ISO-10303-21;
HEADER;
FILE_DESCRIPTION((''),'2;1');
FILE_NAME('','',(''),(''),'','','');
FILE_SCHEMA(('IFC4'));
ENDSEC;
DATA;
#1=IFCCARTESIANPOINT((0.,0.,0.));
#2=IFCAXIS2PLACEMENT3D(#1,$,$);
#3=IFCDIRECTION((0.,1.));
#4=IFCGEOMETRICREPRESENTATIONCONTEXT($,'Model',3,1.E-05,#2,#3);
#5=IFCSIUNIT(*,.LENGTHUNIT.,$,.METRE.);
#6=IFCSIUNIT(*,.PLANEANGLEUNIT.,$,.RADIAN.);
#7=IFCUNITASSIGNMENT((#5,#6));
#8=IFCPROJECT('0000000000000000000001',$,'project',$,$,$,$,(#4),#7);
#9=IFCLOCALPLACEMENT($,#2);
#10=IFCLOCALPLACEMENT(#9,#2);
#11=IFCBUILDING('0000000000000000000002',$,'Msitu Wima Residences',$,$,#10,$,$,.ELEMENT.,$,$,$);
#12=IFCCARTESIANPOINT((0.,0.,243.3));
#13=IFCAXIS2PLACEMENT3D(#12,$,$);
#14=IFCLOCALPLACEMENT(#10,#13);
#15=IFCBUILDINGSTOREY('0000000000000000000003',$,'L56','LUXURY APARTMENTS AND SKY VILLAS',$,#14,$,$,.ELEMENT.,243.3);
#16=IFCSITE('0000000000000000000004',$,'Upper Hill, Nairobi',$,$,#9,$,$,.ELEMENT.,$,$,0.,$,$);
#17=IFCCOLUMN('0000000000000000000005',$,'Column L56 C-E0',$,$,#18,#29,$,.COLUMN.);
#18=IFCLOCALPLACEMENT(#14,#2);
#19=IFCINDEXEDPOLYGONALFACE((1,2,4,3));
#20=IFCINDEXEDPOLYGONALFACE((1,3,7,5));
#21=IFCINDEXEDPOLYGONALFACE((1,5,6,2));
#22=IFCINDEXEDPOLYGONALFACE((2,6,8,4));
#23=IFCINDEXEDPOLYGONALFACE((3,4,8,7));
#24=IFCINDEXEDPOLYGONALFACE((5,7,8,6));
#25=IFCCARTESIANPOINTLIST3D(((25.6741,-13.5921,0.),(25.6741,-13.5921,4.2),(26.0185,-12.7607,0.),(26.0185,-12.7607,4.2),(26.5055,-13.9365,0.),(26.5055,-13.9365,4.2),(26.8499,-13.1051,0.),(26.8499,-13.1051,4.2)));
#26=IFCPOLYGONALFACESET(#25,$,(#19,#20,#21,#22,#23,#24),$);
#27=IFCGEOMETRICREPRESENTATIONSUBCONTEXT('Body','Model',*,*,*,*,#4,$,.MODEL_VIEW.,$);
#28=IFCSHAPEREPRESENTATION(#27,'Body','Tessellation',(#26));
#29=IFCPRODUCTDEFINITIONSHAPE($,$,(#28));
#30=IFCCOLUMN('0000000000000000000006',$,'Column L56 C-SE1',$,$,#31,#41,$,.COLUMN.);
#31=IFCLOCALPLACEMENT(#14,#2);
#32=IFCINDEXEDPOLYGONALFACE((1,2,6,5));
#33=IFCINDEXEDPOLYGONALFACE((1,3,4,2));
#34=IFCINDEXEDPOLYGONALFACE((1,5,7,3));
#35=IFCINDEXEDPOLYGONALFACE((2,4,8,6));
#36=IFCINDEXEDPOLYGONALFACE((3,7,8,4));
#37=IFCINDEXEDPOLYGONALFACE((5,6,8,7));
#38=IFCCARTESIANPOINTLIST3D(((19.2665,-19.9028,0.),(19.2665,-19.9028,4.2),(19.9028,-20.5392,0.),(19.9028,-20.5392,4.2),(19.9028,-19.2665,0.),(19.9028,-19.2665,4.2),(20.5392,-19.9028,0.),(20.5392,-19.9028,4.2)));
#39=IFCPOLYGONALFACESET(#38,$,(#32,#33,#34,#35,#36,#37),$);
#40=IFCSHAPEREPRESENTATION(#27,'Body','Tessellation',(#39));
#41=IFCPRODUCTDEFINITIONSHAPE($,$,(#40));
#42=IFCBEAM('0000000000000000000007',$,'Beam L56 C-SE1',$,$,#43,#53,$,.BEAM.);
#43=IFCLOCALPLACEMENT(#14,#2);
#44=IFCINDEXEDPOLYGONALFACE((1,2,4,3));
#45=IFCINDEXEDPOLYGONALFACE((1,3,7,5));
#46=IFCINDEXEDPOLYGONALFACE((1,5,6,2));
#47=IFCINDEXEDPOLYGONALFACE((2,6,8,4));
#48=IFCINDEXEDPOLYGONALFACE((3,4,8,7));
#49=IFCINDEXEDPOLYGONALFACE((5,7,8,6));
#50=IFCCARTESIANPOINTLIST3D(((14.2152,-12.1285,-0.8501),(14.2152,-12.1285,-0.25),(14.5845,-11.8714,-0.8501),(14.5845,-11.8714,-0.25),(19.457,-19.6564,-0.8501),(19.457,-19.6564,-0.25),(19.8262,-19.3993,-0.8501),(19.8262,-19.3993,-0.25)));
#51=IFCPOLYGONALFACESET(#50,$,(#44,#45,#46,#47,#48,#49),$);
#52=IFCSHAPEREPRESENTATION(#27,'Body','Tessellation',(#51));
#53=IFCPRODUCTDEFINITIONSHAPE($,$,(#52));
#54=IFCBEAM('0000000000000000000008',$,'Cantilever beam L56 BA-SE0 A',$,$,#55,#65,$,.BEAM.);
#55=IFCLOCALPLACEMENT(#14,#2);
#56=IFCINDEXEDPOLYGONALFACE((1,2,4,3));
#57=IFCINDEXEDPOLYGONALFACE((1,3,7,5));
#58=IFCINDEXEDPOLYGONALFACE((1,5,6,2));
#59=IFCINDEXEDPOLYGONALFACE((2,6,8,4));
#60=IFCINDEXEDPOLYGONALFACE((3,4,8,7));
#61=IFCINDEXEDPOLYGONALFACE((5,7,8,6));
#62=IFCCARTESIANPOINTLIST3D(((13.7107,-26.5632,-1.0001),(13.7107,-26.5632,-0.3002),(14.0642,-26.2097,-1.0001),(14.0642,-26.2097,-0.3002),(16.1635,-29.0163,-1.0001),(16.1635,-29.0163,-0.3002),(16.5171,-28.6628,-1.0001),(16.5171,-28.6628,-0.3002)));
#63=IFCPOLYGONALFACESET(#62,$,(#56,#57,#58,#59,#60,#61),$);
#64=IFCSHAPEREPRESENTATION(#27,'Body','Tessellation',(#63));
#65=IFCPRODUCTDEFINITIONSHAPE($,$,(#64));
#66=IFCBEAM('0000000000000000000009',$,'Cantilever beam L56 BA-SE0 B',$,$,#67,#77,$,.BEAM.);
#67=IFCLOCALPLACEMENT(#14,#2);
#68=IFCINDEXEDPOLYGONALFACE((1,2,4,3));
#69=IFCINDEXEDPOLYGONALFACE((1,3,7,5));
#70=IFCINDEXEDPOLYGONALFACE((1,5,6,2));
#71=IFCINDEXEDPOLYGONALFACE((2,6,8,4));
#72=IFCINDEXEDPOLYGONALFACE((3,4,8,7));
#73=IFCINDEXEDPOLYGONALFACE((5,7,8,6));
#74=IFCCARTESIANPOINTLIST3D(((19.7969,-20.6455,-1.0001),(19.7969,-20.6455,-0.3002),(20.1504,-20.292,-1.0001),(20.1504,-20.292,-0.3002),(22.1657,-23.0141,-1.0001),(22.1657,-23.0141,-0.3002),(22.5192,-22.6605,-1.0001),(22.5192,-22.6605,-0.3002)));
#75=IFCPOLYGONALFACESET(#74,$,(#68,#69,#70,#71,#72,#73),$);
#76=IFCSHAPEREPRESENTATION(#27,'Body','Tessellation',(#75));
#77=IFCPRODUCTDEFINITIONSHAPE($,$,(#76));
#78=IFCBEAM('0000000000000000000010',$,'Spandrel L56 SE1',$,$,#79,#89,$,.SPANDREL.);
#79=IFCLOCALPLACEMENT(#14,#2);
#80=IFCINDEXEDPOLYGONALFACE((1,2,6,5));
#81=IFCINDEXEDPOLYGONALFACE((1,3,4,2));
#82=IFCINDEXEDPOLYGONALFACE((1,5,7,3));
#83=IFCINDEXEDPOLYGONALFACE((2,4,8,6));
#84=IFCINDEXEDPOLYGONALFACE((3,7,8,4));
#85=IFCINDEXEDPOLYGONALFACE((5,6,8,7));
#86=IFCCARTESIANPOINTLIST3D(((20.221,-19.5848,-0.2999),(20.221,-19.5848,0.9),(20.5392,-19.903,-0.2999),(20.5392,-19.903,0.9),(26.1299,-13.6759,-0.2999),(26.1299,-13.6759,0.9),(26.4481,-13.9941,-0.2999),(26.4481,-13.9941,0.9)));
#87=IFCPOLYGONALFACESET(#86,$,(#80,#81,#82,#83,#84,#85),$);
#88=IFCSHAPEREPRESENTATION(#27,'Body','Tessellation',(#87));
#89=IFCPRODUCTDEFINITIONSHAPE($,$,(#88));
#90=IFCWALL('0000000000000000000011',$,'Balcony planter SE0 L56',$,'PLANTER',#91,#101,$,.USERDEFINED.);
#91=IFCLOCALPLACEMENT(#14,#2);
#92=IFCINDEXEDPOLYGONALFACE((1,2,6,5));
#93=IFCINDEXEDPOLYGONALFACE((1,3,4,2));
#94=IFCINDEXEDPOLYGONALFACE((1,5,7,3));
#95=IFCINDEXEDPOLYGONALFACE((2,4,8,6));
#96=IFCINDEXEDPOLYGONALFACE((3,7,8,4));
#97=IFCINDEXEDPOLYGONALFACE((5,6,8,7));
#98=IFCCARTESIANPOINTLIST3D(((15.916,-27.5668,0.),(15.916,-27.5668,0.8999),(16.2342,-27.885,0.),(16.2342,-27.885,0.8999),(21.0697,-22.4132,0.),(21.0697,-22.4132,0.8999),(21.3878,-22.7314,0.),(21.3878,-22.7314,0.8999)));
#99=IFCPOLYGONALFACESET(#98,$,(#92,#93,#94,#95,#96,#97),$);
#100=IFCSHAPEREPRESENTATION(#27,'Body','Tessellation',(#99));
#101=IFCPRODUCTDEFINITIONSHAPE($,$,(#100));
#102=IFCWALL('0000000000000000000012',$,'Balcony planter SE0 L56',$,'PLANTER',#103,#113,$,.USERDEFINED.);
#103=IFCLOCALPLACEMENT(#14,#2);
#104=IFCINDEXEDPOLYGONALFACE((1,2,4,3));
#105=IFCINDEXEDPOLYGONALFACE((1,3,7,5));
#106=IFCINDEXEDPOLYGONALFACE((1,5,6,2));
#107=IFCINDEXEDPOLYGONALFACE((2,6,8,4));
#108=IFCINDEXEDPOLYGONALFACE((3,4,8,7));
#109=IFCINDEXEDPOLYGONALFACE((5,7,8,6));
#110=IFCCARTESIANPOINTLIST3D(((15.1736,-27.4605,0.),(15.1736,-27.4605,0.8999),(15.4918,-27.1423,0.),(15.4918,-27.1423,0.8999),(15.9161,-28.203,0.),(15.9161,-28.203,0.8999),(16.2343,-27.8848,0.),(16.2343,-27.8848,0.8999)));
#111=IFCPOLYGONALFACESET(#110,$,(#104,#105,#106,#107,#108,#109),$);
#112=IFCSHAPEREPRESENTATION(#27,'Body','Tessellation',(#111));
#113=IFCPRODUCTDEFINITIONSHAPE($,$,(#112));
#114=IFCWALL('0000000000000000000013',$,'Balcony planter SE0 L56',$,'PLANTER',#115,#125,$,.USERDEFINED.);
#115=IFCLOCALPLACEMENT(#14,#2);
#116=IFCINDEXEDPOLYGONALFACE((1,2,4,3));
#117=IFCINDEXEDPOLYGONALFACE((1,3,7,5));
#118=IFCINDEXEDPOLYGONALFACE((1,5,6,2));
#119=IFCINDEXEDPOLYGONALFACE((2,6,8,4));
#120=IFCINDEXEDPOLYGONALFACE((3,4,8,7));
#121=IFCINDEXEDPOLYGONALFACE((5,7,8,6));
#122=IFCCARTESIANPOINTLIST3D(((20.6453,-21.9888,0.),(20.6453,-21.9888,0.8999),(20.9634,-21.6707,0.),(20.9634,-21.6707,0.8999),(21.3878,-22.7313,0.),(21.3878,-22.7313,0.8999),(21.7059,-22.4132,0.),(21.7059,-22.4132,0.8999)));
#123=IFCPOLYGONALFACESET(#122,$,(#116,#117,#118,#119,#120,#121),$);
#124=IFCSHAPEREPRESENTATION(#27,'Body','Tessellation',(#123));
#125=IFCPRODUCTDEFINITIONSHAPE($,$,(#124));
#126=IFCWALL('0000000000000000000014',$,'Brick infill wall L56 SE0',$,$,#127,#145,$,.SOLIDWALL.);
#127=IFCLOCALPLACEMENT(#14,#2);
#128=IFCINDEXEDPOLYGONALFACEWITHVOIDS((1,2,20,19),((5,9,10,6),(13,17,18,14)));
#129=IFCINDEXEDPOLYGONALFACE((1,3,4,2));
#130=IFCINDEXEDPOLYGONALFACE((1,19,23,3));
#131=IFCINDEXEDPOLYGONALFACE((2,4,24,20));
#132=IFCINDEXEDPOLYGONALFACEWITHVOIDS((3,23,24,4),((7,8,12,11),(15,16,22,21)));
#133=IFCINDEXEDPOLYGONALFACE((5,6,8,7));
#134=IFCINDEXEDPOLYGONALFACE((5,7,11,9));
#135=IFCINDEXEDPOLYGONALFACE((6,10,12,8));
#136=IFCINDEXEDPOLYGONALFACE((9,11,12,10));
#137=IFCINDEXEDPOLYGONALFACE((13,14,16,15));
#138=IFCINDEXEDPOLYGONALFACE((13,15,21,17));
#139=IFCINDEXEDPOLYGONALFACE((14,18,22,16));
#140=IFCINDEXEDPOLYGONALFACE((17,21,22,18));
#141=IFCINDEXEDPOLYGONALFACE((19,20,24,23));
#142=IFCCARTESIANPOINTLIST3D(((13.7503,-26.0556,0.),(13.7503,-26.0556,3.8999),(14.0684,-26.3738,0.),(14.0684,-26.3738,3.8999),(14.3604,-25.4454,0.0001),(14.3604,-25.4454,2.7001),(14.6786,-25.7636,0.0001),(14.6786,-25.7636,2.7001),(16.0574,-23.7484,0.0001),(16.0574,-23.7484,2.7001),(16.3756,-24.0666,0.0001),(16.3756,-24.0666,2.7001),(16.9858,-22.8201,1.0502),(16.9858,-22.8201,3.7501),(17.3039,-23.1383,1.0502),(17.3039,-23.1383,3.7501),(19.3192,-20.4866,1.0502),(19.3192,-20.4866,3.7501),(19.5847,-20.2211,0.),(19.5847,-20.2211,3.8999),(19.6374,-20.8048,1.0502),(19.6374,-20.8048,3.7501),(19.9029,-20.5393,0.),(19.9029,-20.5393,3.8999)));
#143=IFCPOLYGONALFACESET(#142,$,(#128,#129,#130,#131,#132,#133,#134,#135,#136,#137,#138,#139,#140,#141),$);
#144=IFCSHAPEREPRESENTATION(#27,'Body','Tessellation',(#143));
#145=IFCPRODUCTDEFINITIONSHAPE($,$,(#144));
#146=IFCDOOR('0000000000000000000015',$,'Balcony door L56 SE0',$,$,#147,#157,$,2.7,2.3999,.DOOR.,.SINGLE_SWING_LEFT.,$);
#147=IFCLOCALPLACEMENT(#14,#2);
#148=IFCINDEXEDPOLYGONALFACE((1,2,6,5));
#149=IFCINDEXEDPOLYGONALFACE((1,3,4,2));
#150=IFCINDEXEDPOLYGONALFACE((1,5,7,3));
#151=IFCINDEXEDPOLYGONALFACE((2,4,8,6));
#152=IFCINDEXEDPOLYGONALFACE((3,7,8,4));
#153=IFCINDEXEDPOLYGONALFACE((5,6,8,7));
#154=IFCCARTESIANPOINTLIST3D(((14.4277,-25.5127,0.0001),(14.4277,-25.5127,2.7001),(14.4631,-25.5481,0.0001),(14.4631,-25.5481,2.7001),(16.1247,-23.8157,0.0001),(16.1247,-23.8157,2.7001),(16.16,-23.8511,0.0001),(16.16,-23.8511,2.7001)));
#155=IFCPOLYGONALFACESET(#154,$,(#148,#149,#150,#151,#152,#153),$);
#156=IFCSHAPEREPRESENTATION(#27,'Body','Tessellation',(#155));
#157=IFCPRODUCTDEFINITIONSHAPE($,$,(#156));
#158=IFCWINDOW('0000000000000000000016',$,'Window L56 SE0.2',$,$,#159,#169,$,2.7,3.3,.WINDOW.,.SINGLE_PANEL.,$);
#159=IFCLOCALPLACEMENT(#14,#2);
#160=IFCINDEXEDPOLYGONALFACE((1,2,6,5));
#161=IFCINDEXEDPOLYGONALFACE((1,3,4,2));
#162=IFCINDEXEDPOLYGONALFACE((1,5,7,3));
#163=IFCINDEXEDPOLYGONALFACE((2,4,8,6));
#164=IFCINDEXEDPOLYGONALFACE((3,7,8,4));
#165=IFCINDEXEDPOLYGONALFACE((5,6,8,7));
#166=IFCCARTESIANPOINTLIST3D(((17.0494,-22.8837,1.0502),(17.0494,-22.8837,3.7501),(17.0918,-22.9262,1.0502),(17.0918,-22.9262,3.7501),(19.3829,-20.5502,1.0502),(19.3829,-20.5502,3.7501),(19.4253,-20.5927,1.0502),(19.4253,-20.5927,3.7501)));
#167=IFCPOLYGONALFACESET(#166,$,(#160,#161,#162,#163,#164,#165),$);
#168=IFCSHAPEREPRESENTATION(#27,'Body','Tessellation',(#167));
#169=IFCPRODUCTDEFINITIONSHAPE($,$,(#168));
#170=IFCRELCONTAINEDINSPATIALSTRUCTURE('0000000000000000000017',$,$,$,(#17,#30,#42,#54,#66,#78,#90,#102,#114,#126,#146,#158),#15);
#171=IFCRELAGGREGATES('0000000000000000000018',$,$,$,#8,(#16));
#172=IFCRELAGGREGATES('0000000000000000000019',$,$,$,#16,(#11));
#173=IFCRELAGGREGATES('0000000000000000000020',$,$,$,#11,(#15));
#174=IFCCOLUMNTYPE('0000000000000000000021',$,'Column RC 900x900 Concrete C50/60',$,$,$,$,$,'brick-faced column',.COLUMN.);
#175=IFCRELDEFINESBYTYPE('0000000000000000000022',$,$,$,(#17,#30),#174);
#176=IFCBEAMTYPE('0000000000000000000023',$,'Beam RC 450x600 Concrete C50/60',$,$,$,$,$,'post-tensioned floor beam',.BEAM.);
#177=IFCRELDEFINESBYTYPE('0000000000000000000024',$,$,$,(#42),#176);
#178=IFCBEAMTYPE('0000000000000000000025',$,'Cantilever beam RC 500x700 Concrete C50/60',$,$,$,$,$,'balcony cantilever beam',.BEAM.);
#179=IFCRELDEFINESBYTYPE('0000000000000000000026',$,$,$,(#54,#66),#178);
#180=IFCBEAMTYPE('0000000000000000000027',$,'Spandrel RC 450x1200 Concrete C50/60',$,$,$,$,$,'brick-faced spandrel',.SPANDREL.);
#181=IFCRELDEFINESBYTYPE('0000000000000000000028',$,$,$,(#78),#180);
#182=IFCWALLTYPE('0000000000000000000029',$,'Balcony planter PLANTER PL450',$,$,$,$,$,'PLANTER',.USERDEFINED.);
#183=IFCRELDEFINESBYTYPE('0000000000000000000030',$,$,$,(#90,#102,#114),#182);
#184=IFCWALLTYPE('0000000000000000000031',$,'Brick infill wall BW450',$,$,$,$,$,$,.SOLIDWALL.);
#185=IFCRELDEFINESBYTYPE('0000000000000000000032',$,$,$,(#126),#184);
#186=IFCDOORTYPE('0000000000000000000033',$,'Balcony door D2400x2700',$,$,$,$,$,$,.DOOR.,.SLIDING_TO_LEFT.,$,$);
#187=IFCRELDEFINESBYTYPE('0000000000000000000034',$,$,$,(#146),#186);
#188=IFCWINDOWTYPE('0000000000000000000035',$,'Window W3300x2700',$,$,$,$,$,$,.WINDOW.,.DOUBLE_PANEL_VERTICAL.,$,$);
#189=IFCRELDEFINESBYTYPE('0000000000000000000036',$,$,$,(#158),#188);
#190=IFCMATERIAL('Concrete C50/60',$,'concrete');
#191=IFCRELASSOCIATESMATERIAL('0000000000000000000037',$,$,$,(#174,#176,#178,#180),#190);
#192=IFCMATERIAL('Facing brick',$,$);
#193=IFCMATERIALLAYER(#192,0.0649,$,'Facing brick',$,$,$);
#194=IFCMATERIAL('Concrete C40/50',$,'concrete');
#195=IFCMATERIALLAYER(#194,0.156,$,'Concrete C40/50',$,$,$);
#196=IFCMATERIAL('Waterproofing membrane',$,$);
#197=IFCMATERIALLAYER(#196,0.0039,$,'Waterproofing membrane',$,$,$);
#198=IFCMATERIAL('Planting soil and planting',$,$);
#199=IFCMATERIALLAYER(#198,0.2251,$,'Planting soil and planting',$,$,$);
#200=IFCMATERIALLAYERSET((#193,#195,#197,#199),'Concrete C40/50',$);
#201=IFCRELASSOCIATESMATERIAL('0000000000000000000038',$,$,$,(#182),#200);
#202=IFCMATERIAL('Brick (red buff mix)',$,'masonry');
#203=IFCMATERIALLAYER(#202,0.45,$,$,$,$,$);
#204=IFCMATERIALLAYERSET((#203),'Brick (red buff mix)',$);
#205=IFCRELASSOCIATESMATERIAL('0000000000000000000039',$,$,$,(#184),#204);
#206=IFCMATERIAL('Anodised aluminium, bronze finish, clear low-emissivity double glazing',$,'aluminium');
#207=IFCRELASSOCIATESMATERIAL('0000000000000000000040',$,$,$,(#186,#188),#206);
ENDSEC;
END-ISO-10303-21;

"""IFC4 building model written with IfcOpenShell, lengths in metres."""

from ifc_helpers import new_model, si_unit, direction, frame, frame_2d, origin, origin_2d, place, context, subcontext, project, spatial, rectangle, extrude, material, layer, layer_set, material_profile, profile_set, type_object, element, fill, save


model = new_model("IFC4")

# Units and contexts
model_context = context("Model", 3, precision=1e-05, world=origin(), true_north=direction((0.0, 1.0)))
body_context = subcontext(model_context, "Body", "Model", "MODEL_VIEW")
ifc_project = project(units=[si_unit("LENGTHUNIT", "METRE"), si_unit("PLANEANGLEUNIT", "RADIAN")], contexts=[model_context])

# Site, building, storey
site_placement = place(None, origin())
site = spatial("IfcSite", under=ifc_project, at=site_placement, Name="Upper Hill, Nairobi", CompositionType="ELEMENT", RefElevation=0.0)
building_placement = place(site_placement, origin())
building = spatial("IfcBuilding", under=site, at=building_placement, Name="Msitu Wima Residences", CompositionType="ELEMENT")
storey_placement = place(building_placement, frame((0.0, 0.0, 243.3)))
storey = spatial("IfcBuildingStorey", under=building, at=storey_placement, Name="L56", Description="LUXURY APARTMENTS AND SKY VILLAS", CompositionType="ELEMENT", Elevation=243.3)

# Columns
ifc_material_1 = material(Name="Concrete C50/60", Category="concrete")
ifc_material_profile_1 = material_profile(ifc_material_1, rectangle(XDim=0.8999, YDim=0.8999, at=origin_2d()), Name="RC 900x900")
ifc_profile_set_1 = profile_set([ifc_material_profile_1], Name="Concrete C50/60")
column_type = type_object("IfcColumnType", Name="Column RC 900x900 Concrete C50/60", ElementType="brick-faced column", PredefinedType="COLUMN", material=ifc_profile_set_1)
for number, where, z_axis, x_axis, name in (
    (1, (26.262, -13.3486, 0.0), (0.0, 0.0, 1.0), (0.382683, 0.92388, 0.0), "Column L56 C-E0"),
    (2, (19.9028, -19.9028, 0.0), (0.0, 0.0, 1.0), (0.707107, 0.707107, 0.0), "Column L56 C-SE1"),
):
    element("IfcColumn", number, at=place(storey_placement, frame(where, z_axis=z_axis, x_axis=x_axis)), inside=storey, type_object=column_type, Name=name, PredefinedType="COLUMN", context=body_context, shape_type="SweptSolid", body=[
        extrude(rectangle(XDim=0.8999, YDim=0.8999, at=origin_2d()), origin(), (0.0, 0.0, 1.0), 4.2),
    ])

# Beams
ifc_material_profile_2 = material_profile(ifc_material_1, rectangle(XDim=0.45, YDim=0.6001, at=origin_2d()), Name="RC 450x600")
ifc_profile_set_2 = profile_set([ifc_material_profile_2], Name="Concrete C50/60")
beam_type_1 = type_object("IfcBeamType", Name="Beam RC 450x600 Concrete C50/60", ElementType="post-tensioned floor beam", PredefinedType="BEAM", material=ifc_profile_set_2)
beam_1_placement = place(storey_placement, frame((19.6416, -19.5278, -0.55), z_axis=(-0.571428, 0.820652, 0.0), x_axis=(-0.820652, -0.571428, 0.0)))
element("IfcBeam", 3, at=beam_1_placement, inside=storey, type_object=beam_type_1, Name="Beam L56 C-SE1", PredefinedType="BEAM", context=body_context, shape_type="SweptSolid", body=[
    extrude(rectangle(XDim=0.45, YDim=0.6001, at=origin_2d()), origin(), (0.0, 0.0, 1.0), 9.1731),
])
ifc_material_profile_3 = material_profile(ifc_material_1, rectangle(XDim=0.5, YDim=0.7, at=origin_2d()), Name="RC 500x700")
ifc_profile_set_3 = profile_set([ifc_material_profile_3], Name="Concrete C50/60")
beam_type_2 = type_object("IfcBeamType", Name="Cantilever beam RC 500x700 Concrete C50/60", ElementType="balcony cantilever beam", PredefinedType="BEAM", material=ifc_profile_set_3)
beam_2_placement = place(storey_placement, frame((13.8875, -26.3865, -0.6501), z_axis=(0.707072, -0.707142, 0.0), x_axis=(0.707142, 0.707072, 0.0)))
element("IfcBeam", 4, at=beam_2_placement, inside=storey, type_object=beam_type_2, Name="Cantilever beam L56 BA-SE0 A", PredefinedType="BEAM", context=body_context, shape_type="SweptSolid", body=[
    extrude(rectangle(XDim=0.5, YDim=0.7, at=origin_2d()), origin(), (0.0, 0.0, 1.0), 3.469),
])
beam_3_placement = place(storey_placement, frame((19.9736, -20.4688, -0.6501), z_axis=(0.707143, -0.70707, 0.0), x_axis=(0.70707, 0.707143, 0.0)))
element("IfcBeam", 5, at=beam_3_placement, inside=storey, type_object=beam_type_2, Name="Cantilever beam L56 BA-SE0 B", PredefinedType="BEAM", context=body_context, shape_type="SweptSolid", body=[
    extrude(rectangle(XDim=0.5, YDim=0.7, at=origin_2d()), origin(), (0.0, 0.0, 1.0), 3.3499),
])
ifc_material_profile_4 = material_profile(ifc_material_1, rectangle(XDim=0.45, YDim=1.2, at=origin_2d()), Name="RC 450x1200")
ifc_profile_set_4 = profile_set([ifc_material_profile_4], Name="Concrete C50/60")
beam_type_3 = type_object("IfcBeamType", Name="Spandrel RC 450x1200 Concrete C50/60", ElementType="brick-faced spandrel", PredefinedType="SPANDREL", material=ifc_profile_set_4)
beam_4_placement = place(storey_placement, frame((20.3801, -19.7439, 0.3), z_axis=(0.707107, 0.707107, 0.0), x_axis=(-0.707107, 0.707107, 0.0)))
element("IfcBeam", 6, at=beam_4_placement, inside=storey, type_object=beam_type_3, Name="Spandrel L56 SE1", PredefinedType="SPANDREL", context=body_context, shape_type="SweptSolid", body=[
    extrude(rectangle(XDim=0.45, YDim=1.2, at=origin_2d()), origin(), (0.0, 0.0, 1.0), 8.3564),
])

# Walls
ifc_material_2 = material(Name="Facing brick")
ifc_layer_1 = layer(ifc_material_2, 0.0649, Name="Facing brick")
ifc_material_3 = material(Name="Concrete C40/50", Category="concrete")
ifc_layer_2 = layer(ifc_material_3, 0.156, Name="Concrete C40/50")
ifc_material_4 = material(Name="Waterproofing membrane")
ifc_layer_3 = layer(ifc_material_4, 0.0039, Name="Waterproofing membrane")
ifc_material_5 = material(Name="Planting soil and planting")
ifc_layer_4 = layer(ifc_material_5, 0.2251, Name="Planting soil and planting")
ifc_layer_set_1 = layer_set([ifc_layer_1, ifc_layer_2, ifc_layer_3, ifc_layer_4], Name="Concrete C40/50")
wall_type_1 = type_object("IfcWallType", Name="Balcony planter PLANTER PL450", ElementType="PLANTER", PredefinedType="USERDEFINED", material=ifc_layer_set_1)
wall_1_placement = place(storey_placement, frame((16.0752, -27.7258, 0.0), z_axis=(0.0, 0.0, 1.0), x_axis=(0.707107, 0.707107, 0.0)))
element("IfcWall", 7, at=wall_1_placement, inside=storey, type_object=wall_type_1, Name="Balcony planter SE0 L56", ObjectType="PLANTER", PredefinedType="USERDEFINED", context=body_context, shape_type="SweptSolid", body=[
    extrude(rectangle(XDim=7.2883, YDim=0.45, at=frame_2d((3.644, 0.0))), origin(), (0.0, 0.0, 1.0), 0.8999),
])
for number, where, z_axis, x_axis, name in (
    (8, (15.3328, -27.3015, 0.0), (0.0, 0.0, 1.0), (0.707107, -0.707107, 0.0), "Balcony planter SE0 L56"),
    (9, (20.8044, -21.8298, 0.0), (0.0, 0.0, 1.0), (0.707107, -0.707107, 0.0), "Balcony planter SE0 L56"),
):
    element("IfcWall", number, at=place(storey_placement, frame(where, z_axis=z_axis, x_axis=x_axis)), inside=storey, type_object=wall_type_1, Name=name, ObjectType="PLANTER", PredefinedType="USERDEFINED", context=body_context, shape_type="SweptSolid", body=[
        extrude(rectangle(XDim=1.05, YDim=0.45, at=frame_2d((0.5249, 0.0))), origin(), (0.0, 0.0, 1.0), 0.8999),
    ])

# Wall, openings, door, window
ifc_material_6 = material(Name="Brick (red buff mix)", Category="masonry")
ifc_layer_5 = layer(ifc_material_6, 0.45)
ifc_layer_set_2 = layer_set([ifc_layer_5], Name="Brick (red buff mix)")
wall_type_2 = type_object("IfcWallType", Name="Brick infill wall BW450", PredefinedType="SOLIDWALL", material=ifc_layer_set_2)
wall_2_placement = place(storey_placement, frame((13.9094, -26.2146, 0.0), z_axis=(0.0, 0.0, 1.0), x_axis=(0.707107, 0.707107, 0.0)))
wall_2 = element("IfcWall", 10, at=wall_2_placement, inside=storey, type_object=wall_type_2, Name="Brick infill wall L56 SE0", PredefinedType="SOLIDWALL", context=body_context, shape_type="SweptSolid", body=[
    extrude(rectangle(XDim=8.2512, YDim=0.45, at=frame_2d((4.1255, 0.0))), origin(), (0.0, 0.0, 1.0), 3.8999),
])
opening_1_placement = place(wall_2_placement, frame((0.8628, 0.0, 0.0)))
opening_1 = element("IfcOpeningElement", 11, at=opening_1_placement, cuts=wall_2, PredefinedType="OPENING", context=body_context, shape_type="SweptSolid", body=[
    extrude(rectangle(XDim=2.3999, YDim=2.7, at=frame_2d((1.2, 1.3501))), frame((0.0, 0.2349, 0.0), z_axis=(0.0, -1.0, 0.0), x_axis=(1.0, 0.0, 0.0)), (0.0, 0.0, 1.0), 0.47),
])
opening_2_placement = place(wall_2_placement, frame((4.5757, 0.0, 1.05)))
opening_2 = element("IfcOpeningElement", 12, at=opening_2_placement, cuts=wall_2, PredefinedType="OPENING", context=body_context, shape_type="SweptSolid", body=[
    extrude(rectangle(XDim=3.3, YDim=2.7, at=frame_2d((1.6499, 1.3501))), frame((0.0, 0.2349, 0.0), z_axis=(0.0, -1.0, 0.0), x_axis=(1.0, 0.0, 0.0)), (0.0, 0.0, 1.0), 0.47),
])
ifc_material_7 = material(Name="Anodised aluminium, bronze finish, clear low-emissivity double glazing", Category="aluminium")
door_type_1 = type_object("IfcDoorType", Name="Balcony door D2400x2700", OperationType="SLIDING_TO_LEFT", PredefinedType="DOOR", material=ifc_material_7)
door_1_placement = place(opening_1_placement, origin())
door_1 = element("IfcDoor", 13, at=door_1_placement, inside=storey, type_object=door_type_1, Name="Balcony door L56 SE0", OperationType="SINGLE_SWING_LEFT", OverallHeight=2.7, OverallWidth=2.3999, PredefinedType="DOOR", context=body_context, shape_type="SweptSolid", body=[
    extrude(rectangle(XDim=2.3999, YDim=2.7, at=frame_2d((1.2, 1.3501))), frame((0.0, 0.1299, 0.0), z_axis=(0.0, -1.0, 0.0), x_axis=(1.0, 0.0, 0.0)), (0.0, 0.0, 1.0), 0.05),
])
fill(opening_1, door_1)
window_type = type_object("IfcWindowType", Name="Window W3300x2700", PartitioningType="DOUBLE_PANEL_VERTICAL", PredefinedType="WINDOW", material=ifc_material_7)
window_1_placement = place(opening_2_placement, origin())
window_1 = element("IfcWindow", 14, at=window_1_placement, inside=storey, type_object=window_type, Name="Window L56 SE0.2", OverallHeight=2.7, OverallWidth=3.3, PartitioningType="SINGLE_PANEL", PredefinedType="WINDOW", context=body_context, shape_type="SweptSolid", body=[
    extrude(rectangle(XDim=3.3, YDim=2.7, at=frame_2d((1.6499, 1.3501))), frame((0.0, 0.135, 0.0), z_axis=(0.0, -1.0, 0.0), x_axis=(1.0, 0.0, 0.0)), (0.0, 0.0, 1.0), 0.0601),
])
fill(opening_2, window_1)

save(model, "model.ifc")
